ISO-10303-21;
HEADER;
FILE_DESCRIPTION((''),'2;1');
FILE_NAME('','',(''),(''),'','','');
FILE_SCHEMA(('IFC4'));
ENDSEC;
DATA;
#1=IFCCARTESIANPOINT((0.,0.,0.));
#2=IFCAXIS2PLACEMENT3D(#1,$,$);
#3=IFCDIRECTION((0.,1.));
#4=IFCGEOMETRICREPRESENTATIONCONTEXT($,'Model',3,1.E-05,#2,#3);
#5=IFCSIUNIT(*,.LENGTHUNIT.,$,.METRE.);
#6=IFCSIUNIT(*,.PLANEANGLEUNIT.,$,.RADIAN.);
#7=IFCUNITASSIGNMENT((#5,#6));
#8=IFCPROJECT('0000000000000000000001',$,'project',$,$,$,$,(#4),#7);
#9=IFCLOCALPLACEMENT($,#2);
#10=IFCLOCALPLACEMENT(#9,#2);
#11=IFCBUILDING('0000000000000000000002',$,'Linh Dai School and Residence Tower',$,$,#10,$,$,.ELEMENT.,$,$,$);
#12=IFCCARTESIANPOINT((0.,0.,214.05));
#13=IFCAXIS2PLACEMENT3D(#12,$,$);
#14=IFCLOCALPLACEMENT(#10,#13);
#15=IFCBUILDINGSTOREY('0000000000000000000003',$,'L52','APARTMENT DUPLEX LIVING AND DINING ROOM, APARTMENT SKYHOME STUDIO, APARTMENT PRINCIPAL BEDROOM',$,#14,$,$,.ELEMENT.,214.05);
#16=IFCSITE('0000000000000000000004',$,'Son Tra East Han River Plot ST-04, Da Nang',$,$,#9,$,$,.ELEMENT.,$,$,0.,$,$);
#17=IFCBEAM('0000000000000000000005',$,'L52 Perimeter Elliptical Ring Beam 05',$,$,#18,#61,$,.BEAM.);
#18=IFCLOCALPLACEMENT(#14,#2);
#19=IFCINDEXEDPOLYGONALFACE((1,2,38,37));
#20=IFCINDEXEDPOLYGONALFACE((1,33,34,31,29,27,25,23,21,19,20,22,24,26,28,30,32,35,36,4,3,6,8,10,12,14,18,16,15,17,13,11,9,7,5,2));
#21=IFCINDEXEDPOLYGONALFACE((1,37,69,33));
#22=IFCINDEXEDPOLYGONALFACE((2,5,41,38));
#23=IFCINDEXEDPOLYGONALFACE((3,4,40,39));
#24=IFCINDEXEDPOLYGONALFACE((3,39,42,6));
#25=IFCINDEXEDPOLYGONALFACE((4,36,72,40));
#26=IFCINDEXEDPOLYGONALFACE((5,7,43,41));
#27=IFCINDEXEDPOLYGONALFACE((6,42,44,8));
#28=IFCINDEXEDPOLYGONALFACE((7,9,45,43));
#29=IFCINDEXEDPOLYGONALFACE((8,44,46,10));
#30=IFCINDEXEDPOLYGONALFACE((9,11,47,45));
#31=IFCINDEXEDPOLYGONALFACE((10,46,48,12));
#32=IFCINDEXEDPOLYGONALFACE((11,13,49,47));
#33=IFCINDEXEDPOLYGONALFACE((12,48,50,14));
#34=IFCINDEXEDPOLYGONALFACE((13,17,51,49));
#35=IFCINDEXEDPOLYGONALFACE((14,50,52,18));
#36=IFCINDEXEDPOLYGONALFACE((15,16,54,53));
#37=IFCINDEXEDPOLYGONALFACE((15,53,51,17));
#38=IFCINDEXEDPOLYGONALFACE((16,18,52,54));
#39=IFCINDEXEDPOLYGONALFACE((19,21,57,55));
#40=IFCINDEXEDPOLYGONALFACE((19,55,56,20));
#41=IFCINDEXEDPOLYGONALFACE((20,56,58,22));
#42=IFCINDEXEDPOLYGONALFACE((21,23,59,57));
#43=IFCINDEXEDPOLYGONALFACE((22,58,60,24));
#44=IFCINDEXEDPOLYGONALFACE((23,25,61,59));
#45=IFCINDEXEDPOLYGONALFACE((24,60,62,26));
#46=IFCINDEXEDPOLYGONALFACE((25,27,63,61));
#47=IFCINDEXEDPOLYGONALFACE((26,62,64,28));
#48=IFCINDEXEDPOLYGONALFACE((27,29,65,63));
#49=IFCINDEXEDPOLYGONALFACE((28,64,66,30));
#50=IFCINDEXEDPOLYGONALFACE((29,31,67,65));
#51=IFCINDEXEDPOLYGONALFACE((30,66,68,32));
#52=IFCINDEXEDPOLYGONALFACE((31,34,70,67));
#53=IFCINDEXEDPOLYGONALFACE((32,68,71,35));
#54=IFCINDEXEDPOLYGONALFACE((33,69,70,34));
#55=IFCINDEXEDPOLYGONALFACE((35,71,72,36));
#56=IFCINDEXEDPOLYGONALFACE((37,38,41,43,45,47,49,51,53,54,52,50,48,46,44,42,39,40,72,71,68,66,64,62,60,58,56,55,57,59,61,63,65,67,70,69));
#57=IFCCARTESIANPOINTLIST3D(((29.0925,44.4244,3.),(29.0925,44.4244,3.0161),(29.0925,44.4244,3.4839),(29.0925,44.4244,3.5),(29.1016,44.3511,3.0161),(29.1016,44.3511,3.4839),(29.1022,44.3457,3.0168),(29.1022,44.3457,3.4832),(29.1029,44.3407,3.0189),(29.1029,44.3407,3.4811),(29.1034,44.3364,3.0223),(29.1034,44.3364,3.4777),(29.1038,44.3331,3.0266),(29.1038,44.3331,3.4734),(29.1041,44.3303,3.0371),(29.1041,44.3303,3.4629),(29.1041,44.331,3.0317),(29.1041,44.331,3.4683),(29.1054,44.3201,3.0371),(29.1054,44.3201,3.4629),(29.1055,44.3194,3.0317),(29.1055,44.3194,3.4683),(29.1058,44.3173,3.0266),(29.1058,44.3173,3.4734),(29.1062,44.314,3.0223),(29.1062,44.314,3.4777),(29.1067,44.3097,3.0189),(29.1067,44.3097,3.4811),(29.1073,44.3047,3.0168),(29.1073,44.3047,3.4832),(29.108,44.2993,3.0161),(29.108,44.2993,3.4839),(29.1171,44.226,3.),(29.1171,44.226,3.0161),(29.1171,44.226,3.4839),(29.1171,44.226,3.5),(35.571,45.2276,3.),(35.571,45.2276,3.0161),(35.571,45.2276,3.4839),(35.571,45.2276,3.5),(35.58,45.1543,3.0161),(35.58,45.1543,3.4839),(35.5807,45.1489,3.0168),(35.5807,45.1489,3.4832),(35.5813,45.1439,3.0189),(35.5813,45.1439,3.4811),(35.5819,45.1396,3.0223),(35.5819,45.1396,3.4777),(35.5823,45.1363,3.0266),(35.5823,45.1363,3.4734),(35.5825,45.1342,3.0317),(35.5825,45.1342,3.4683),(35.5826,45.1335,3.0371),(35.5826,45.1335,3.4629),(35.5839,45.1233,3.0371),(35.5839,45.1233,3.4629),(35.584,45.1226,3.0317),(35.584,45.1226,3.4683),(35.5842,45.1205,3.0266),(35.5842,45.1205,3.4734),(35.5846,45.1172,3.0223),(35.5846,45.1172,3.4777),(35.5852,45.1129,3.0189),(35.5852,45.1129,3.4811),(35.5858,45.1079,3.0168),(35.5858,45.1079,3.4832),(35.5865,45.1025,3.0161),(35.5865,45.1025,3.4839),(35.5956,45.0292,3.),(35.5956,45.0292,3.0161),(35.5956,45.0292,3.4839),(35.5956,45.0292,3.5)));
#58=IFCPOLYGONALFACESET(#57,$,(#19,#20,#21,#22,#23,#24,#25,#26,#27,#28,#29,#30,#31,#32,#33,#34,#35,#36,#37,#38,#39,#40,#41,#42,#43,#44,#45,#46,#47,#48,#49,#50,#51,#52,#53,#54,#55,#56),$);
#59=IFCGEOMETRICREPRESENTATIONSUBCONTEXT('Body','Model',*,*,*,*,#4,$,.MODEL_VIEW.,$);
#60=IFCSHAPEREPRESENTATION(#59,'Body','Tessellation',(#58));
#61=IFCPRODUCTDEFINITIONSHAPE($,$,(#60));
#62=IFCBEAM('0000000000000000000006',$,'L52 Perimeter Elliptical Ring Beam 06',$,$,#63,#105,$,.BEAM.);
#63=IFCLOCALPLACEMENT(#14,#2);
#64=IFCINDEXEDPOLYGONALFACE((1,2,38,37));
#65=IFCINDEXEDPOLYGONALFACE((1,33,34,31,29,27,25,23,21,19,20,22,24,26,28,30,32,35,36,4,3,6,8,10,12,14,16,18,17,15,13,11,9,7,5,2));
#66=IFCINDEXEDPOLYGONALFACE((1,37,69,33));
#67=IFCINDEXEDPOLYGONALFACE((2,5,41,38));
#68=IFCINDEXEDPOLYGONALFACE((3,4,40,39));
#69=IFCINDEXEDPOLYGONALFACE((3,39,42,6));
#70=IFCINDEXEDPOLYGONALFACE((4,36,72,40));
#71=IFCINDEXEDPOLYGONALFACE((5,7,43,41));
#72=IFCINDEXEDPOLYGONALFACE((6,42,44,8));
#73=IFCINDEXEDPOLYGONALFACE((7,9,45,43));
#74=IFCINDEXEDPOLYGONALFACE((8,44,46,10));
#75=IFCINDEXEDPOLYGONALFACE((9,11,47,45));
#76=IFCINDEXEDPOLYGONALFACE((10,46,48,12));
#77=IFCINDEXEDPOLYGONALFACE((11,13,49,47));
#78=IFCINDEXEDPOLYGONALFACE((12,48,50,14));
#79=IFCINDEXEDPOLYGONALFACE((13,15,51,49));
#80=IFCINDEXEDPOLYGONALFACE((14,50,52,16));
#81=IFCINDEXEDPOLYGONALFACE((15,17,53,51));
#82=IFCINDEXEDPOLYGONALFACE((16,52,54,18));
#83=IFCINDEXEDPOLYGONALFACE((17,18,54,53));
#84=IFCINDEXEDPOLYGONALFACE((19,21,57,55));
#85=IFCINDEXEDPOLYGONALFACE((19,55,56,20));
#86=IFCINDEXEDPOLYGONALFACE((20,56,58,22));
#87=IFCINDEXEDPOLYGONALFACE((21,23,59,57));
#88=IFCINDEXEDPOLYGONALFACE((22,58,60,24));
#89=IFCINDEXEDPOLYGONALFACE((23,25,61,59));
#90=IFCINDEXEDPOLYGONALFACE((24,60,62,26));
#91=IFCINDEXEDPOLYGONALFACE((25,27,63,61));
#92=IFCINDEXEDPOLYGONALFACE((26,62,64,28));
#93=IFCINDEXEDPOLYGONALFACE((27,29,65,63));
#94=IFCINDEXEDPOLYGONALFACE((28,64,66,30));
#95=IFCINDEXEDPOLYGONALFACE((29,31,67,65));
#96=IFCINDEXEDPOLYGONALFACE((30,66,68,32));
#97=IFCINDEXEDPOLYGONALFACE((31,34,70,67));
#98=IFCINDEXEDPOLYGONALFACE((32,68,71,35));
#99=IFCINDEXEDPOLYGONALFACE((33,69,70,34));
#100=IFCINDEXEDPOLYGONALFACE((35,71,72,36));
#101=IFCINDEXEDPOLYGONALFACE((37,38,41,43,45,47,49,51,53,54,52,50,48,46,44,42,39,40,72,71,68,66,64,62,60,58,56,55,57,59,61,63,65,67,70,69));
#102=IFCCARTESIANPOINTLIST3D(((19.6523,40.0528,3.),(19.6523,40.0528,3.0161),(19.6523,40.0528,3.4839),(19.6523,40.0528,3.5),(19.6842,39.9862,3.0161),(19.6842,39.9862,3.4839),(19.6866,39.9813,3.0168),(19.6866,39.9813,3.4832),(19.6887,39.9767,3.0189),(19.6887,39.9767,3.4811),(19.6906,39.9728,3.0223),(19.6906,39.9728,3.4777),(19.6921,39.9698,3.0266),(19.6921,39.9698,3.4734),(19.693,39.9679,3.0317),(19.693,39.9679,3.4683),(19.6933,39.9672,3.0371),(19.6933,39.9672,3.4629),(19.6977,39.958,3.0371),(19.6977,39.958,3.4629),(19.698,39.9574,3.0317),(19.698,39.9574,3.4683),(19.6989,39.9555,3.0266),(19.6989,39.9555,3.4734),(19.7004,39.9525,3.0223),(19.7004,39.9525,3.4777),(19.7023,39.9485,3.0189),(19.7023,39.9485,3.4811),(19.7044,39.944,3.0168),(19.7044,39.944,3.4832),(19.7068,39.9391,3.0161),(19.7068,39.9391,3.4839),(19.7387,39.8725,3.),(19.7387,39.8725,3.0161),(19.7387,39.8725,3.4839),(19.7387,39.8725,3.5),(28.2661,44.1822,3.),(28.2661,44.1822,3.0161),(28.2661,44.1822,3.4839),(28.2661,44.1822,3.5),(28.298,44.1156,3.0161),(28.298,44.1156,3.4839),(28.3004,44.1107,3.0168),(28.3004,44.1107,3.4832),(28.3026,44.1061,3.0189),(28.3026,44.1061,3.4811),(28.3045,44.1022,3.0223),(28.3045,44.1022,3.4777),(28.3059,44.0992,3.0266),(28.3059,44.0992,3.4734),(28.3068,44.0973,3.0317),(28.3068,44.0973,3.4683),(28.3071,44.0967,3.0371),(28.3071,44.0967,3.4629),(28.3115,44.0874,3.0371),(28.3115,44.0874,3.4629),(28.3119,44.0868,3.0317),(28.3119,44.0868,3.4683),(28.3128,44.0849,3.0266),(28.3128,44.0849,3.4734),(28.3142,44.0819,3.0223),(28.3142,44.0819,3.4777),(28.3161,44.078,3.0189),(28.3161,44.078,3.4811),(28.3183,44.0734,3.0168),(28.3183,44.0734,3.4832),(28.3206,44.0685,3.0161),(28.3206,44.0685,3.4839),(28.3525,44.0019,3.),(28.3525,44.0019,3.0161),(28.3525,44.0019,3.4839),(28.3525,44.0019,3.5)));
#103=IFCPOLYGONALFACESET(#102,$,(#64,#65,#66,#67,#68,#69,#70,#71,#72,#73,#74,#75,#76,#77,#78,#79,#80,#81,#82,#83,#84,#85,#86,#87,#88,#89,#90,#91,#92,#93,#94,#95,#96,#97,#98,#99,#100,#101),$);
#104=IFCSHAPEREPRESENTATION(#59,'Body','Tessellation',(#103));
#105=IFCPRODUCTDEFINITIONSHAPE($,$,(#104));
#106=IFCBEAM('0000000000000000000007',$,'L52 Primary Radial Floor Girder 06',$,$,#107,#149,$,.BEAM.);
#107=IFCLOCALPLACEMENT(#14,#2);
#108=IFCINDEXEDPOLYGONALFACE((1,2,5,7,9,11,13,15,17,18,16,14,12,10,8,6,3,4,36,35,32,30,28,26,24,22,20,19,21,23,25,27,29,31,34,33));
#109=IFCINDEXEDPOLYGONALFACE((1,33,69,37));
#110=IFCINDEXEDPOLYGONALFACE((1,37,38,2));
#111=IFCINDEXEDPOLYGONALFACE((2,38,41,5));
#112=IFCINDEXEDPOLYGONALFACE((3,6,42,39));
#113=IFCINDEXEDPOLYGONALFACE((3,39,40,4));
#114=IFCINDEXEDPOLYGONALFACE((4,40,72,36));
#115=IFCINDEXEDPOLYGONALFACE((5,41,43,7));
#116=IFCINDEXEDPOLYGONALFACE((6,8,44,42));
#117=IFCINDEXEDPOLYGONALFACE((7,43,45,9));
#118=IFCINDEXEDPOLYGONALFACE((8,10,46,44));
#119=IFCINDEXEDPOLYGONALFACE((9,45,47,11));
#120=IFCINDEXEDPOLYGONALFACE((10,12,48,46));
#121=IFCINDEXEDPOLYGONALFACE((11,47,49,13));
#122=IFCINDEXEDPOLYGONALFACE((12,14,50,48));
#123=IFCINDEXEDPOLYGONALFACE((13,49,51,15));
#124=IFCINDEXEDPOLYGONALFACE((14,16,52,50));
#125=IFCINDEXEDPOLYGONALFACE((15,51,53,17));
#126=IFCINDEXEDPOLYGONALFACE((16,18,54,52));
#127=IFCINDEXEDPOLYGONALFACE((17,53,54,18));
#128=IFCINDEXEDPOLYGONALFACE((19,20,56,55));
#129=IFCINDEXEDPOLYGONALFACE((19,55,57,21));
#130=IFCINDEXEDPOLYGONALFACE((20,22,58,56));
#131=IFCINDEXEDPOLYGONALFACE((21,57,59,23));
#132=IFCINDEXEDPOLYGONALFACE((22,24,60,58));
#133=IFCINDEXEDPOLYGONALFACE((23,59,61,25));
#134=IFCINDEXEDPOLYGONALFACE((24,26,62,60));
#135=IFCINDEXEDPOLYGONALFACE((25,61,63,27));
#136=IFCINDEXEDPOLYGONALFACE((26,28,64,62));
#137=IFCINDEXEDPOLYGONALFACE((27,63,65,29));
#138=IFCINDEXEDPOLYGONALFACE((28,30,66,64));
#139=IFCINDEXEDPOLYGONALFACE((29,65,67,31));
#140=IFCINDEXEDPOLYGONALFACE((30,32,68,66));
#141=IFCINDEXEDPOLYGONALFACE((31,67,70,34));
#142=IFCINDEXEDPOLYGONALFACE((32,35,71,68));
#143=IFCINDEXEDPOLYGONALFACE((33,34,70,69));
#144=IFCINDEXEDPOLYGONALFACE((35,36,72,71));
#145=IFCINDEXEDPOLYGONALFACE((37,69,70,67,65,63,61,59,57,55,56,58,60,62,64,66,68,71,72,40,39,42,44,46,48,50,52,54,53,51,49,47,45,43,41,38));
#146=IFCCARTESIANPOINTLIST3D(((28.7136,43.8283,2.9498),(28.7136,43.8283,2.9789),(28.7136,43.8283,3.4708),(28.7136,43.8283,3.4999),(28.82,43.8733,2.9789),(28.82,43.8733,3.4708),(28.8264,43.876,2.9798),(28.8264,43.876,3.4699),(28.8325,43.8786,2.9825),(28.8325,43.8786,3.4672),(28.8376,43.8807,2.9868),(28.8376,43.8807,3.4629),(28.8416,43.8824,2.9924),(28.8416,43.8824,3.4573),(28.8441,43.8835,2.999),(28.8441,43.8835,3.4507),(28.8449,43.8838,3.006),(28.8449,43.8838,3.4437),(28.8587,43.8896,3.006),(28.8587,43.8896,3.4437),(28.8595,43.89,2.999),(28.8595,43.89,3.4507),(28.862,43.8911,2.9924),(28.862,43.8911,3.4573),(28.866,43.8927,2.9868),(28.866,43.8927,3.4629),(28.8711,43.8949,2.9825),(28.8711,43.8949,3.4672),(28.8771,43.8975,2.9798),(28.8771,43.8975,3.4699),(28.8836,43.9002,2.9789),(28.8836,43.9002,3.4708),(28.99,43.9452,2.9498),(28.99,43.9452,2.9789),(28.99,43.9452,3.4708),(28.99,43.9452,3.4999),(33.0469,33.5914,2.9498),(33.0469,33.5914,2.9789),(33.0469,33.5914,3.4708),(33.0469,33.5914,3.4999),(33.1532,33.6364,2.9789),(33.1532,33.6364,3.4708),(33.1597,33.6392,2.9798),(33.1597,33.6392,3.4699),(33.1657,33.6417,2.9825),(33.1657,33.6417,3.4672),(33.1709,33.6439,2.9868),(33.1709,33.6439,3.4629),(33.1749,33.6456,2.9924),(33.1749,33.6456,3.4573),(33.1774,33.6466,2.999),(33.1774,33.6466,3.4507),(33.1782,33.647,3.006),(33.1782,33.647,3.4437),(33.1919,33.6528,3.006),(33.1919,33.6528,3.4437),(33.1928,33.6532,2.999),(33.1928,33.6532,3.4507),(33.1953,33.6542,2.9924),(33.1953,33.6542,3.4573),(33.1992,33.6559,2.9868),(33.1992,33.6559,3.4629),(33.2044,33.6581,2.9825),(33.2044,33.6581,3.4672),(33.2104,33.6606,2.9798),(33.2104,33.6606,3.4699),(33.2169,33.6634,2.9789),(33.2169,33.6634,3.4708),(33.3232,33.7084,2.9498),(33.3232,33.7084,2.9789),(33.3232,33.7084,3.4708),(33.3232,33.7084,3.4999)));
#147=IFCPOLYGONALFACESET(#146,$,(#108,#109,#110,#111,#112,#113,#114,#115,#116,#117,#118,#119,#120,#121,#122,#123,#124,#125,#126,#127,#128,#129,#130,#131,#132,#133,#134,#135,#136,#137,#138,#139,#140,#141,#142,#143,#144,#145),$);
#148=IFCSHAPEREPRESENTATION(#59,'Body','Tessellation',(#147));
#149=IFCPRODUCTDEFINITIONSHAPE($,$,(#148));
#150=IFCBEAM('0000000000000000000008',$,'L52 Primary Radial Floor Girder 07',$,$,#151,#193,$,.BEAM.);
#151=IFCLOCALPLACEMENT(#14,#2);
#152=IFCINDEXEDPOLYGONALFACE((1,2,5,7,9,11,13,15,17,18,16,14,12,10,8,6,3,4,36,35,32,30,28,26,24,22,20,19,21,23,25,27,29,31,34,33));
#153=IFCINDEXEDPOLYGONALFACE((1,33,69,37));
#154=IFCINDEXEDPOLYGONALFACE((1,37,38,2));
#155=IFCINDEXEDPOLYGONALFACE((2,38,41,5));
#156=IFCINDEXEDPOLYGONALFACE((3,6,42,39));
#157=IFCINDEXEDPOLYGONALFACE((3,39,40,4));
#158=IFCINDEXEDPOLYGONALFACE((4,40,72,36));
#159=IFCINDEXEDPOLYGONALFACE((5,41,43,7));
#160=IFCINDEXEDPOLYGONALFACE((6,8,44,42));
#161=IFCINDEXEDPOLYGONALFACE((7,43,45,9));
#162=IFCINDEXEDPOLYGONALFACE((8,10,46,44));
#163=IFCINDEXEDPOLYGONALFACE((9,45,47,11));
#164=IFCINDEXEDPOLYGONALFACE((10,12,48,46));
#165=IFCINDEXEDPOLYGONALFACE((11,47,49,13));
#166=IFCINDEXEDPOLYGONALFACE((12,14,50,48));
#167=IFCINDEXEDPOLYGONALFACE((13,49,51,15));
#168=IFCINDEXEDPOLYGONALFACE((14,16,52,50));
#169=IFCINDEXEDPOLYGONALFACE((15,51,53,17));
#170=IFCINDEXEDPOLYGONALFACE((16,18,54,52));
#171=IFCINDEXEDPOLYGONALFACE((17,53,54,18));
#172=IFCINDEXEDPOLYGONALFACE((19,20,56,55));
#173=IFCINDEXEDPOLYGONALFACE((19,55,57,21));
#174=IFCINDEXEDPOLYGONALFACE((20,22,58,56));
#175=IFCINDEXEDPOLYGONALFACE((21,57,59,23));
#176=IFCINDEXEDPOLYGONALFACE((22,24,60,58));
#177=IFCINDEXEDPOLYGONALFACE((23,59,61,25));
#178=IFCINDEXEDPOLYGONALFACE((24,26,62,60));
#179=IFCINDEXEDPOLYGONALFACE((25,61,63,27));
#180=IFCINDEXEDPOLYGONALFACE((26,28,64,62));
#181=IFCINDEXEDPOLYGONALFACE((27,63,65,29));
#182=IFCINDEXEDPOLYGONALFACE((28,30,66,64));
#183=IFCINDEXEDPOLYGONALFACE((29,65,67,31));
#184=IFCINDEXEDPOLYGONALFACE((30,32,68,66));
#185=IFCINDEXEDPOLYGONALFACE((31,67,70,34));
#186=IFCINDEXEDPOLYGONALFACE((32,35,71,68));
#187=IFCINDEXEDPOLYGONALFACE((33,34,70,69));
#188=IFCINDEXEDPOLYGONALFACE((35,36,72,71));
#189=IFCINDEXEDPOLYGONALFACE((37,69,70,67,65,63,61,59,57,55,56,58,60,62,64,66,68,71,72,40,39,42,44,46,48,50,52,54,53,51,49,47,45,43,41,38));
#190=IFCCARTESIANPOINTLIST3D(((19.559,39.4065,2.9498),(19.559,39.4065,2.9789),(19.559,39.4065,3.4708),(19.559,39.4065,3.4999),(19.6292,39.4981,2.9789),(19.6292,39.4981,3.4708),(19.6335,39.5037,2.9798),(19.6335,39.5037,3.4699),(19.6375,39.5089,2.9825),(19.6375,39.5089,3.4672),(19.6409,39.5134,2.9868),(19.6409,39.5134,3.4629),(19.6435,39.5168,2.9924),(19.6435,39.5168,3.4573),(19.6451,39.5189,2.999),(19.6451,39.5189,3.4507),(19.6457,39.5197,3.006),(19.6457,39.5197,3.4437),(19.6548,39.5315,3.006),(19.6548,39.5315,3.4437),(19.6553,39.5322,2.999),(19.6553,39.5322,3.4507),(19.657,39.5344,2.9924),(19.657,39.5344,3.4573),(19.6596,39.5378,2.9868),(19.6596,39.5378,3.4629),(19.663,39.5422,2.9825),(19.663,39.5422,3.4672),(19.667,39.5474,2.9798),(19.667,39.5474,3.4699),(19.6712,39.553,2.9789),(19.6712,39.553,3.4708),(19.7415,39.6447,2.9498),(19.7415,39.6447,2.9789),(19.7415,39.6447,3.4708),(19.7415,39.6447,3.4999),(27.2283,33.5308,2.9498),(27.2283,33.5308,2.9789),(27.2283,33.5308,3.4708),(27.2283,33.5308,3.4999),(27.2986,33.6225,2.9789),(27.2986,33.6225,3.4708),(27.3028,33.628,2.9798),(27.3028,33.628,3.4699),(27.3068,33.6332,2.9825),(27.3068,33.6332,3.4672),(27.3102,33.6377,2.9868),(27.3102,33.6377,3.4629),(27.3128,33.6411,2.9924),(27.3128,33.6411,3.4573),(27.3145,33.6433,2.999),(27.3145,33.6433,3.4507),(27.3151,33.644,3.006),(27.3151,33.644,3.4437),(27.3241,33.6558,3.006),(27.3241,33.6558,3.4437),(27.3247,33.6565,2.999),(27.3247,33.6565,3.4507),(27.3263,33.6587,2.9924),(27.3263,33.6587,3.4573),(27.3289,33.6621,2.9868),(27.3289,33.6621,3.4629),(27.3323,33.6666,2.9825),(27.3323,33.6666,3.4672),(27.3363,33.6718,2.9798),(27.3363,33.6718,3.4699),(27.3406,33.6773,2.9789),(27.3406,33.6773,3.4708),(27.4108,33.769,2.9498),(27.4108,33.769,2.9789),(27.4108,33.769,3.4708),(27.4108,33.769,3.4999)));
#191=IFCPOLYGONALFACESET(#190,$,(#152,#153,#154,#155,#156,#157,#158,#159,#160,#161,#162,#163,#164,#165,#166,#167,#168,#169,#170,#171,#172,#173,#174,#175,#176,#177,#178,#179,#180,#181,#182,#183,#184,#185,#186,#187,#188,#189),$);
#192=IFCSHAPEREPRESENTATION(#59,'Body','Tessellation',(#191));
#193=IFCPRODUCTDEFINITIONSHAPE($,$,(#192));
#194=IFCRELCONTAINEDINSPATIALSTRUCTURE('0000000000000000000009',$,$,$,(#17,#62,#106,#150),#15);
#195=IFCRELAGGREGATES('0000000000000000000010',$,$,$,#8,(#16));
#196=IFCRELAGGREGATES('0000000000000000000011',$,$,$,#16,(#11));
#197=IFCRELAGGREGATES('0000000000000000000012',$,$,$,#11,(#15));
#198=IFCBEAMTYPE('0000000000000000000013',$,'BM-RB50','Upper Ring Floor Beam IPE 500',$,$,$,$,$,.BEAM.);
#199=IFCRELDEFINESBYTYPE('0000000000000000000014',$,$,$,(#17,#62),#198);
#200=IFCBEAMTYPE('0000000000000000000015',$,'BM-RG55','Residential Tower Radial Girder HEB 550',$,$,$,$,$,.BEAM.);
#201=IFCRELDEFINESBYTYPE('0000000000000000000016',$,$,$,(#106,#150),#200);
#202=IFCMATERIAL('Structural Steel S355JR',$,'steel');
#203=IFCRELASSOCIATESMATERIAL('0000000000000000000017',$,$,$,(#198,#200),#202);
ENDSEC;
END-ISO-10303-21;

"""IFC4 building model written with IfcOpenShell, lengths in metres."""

from ifc_helpers import new_model, si_unit, direction, frame, origin, origin_2d, place, context, subcontext, project, spatial, i_section, extrude, material, material_profile, profile_set, type_object, element, save


model = new_model("IFC4")

# Units and contexts
model_context = context("Model", 3, precision=1e-05, world=origin(), true_north=direction((0.0, 1.0)))
body_context = subcontext(model_context, "Body", "Model", "MODEL_VIEW")
ifc_project = project(units=[si_unit("LENGTHUNIT", "METRE"), si_unit("PLANEANGLEUNIT", "RADIAN")], contexts=[model_context])

# Site, building, storey
site_placement = place(None, origin())
site = spatial("IfcSite", under=ifc_project, at=site_placement, Name="Son Tra East Han River Plot ST-04, Da Nang", CompositionType="ELEMENT", RefElevation=0.0)
building_placement = place(site_placement, origin())
building = spatial("IfcBuilding", under=site, at=building_placement, Name="Linh Dai School and Residence Tower", CompositionType="ELEMENT")
storey_placement = place(building_placement, frame((0.0, 0.0, 214.05)))
storey = spatial("IfcBuildingStorey", under=building, at=storey_placement, Name="L52", Description="APARTMENT DUPLEX LIVING AND DINING ROOM, APARTMENT SKYHOME STUDIO, APARTMENT PRINCIPAL BEDROOM", CompositionType="ELEMENT", Elevation=214.05)

# Shared definitions
ifc_material_1 = material(Name="Structural Steel S355JR", Category="steel")

# Beams
ifc_material_profile_1 = material_profile(ifc_material_1, i_section(OverallWidth=0.2, OverallDepth=0.5, WebThickness=0.0103, FlangeThickness=0.0161, FilletRadius=0.021, at=origin_2d()), Name="IPE 500")
ifc_profile_set_1 = profile_set([ifc_material_profile_1], Name="Structural Steel S355JR")
beam_type_1 = type_object("IfcBeamType", Name="BM-RB50", Description="Upper Ring Floor Beam IPE 500", PredefinedType="BEAM", material=ifc_profile_set_1)
beam_1_placement = place(storey_placement, frame((35.5833, 45.1284, 3.25), z_axis=(-0.992402, -0.12304, 0.0), x_axis=(0.12304, -0.992402, 0.0)))
element("IfcBeam", 1, at=beam_1_placement, inside=storey, type_object=beam_type_1, Name="L52 Perimeter Elliptical Ring Beam 05", PredefinedType="BEAM", context=body_context, shape_type="SweptSolid", body=[
    extrude(i_section(OverallWidth=0.2, OverallDepth=0.5, WebThickness=0.0103, FlangeThickness=0.0161, FilletRadius=0.021, at=origin_2d()), origin(), (0.0, 0.0, 1.0), 6.5281),
])
beam_2_placement = place(storey_placement, frame((28.3093, 44.092, 3.25), z_axis=(-0.901736, -0.432287, 0.0), x_axis=(0.432287, -0.901736, 0.0)))
element("IfcBeam", 2, at=beam_2_placement, inside=storey, type_object=beam_type_1, Name="L52 Perimeter Elliptical Ring Beam 06", PredefinedType="BEAM", context=body_context, shape_type="SweptSolid", body=[
    extrude(i_section(OverallWidth=0.2, OverallDepth=0.5, WebThickness=0.0103, FlangeThickness=0.0161, FilletRadius=0.021, at=origin_2d()), origin(), (0.0, 0.0, 1.0), 9.5525),
])
ifc_material_profile_2 = material_profile(ifc_material_1, i_section(OverallWidth=0.3, OverallDepth=0.55, WebThickness=0.0149, FlangeThickness=0.0291, FilletRadius=0.0271, at=origin_2d()), Name="HEB 550")
ifc_profile_set_2 = profile_set([ifc_material_profile_2], Name="Structural Steel S355JR")
beam_type_2 = type_object("IfcBeamType", Name="BM-RG55", Description="Residential Tower Radial Girder HEB 550", PredefinedType="BEAM", material=ifc_profile_set_2)
beam_3_placement = place(storey_placement, frame((33.1851, 33.6499, 3.2249), z_axis=(-0.389815, 0.920893, 0.0), x_axis=(-0.920893, -0.389815, 0.0)))
element("IfcBeam", 3, at=beam_3_placement, inside=storey, type_object=beam_type_2, Name="L52 Primary Radial Floor Girder 06", PredefinedType="BEAM", context=body_context, shape_type="SweptSolid", body=[
    extrude(i_section(OverallWidth=0.3, OverallDepth=0.55, WebThickness=0.0149, FlangeThickness=0.0291, FilletRadius=0.0271, at=origin_2d()), origin(), (0.0, 0.0, 1.0), 11.1162),
])
beam_4_placement = place(storey_placement, frame((27.3196, 33.6499, 3.2249), z_axis=(-0.793815, 0.60816, 0.0), x_axis=(-0.60816, -0.793815, 0.0)))
element("IfcBeam", 4, at=beam_4_placement, inside=storey, type_object=beam_type_2, Name="L52 Primary Radial Floor Girder 07", PredefinedType="BEAM", context=body_context, shape_type="SweptSolid", body=[
    extrude(i_section(OverallWidth=0.3, OverallDepth=0.55, WebThickness=0.0149, FlangeThickness=0.0291, FilletRadius=0.0271, at=origin_2d()), origin(), (0.0, 0.0, 1.0), 9.6614),
])

save(model, "model.ifc")
